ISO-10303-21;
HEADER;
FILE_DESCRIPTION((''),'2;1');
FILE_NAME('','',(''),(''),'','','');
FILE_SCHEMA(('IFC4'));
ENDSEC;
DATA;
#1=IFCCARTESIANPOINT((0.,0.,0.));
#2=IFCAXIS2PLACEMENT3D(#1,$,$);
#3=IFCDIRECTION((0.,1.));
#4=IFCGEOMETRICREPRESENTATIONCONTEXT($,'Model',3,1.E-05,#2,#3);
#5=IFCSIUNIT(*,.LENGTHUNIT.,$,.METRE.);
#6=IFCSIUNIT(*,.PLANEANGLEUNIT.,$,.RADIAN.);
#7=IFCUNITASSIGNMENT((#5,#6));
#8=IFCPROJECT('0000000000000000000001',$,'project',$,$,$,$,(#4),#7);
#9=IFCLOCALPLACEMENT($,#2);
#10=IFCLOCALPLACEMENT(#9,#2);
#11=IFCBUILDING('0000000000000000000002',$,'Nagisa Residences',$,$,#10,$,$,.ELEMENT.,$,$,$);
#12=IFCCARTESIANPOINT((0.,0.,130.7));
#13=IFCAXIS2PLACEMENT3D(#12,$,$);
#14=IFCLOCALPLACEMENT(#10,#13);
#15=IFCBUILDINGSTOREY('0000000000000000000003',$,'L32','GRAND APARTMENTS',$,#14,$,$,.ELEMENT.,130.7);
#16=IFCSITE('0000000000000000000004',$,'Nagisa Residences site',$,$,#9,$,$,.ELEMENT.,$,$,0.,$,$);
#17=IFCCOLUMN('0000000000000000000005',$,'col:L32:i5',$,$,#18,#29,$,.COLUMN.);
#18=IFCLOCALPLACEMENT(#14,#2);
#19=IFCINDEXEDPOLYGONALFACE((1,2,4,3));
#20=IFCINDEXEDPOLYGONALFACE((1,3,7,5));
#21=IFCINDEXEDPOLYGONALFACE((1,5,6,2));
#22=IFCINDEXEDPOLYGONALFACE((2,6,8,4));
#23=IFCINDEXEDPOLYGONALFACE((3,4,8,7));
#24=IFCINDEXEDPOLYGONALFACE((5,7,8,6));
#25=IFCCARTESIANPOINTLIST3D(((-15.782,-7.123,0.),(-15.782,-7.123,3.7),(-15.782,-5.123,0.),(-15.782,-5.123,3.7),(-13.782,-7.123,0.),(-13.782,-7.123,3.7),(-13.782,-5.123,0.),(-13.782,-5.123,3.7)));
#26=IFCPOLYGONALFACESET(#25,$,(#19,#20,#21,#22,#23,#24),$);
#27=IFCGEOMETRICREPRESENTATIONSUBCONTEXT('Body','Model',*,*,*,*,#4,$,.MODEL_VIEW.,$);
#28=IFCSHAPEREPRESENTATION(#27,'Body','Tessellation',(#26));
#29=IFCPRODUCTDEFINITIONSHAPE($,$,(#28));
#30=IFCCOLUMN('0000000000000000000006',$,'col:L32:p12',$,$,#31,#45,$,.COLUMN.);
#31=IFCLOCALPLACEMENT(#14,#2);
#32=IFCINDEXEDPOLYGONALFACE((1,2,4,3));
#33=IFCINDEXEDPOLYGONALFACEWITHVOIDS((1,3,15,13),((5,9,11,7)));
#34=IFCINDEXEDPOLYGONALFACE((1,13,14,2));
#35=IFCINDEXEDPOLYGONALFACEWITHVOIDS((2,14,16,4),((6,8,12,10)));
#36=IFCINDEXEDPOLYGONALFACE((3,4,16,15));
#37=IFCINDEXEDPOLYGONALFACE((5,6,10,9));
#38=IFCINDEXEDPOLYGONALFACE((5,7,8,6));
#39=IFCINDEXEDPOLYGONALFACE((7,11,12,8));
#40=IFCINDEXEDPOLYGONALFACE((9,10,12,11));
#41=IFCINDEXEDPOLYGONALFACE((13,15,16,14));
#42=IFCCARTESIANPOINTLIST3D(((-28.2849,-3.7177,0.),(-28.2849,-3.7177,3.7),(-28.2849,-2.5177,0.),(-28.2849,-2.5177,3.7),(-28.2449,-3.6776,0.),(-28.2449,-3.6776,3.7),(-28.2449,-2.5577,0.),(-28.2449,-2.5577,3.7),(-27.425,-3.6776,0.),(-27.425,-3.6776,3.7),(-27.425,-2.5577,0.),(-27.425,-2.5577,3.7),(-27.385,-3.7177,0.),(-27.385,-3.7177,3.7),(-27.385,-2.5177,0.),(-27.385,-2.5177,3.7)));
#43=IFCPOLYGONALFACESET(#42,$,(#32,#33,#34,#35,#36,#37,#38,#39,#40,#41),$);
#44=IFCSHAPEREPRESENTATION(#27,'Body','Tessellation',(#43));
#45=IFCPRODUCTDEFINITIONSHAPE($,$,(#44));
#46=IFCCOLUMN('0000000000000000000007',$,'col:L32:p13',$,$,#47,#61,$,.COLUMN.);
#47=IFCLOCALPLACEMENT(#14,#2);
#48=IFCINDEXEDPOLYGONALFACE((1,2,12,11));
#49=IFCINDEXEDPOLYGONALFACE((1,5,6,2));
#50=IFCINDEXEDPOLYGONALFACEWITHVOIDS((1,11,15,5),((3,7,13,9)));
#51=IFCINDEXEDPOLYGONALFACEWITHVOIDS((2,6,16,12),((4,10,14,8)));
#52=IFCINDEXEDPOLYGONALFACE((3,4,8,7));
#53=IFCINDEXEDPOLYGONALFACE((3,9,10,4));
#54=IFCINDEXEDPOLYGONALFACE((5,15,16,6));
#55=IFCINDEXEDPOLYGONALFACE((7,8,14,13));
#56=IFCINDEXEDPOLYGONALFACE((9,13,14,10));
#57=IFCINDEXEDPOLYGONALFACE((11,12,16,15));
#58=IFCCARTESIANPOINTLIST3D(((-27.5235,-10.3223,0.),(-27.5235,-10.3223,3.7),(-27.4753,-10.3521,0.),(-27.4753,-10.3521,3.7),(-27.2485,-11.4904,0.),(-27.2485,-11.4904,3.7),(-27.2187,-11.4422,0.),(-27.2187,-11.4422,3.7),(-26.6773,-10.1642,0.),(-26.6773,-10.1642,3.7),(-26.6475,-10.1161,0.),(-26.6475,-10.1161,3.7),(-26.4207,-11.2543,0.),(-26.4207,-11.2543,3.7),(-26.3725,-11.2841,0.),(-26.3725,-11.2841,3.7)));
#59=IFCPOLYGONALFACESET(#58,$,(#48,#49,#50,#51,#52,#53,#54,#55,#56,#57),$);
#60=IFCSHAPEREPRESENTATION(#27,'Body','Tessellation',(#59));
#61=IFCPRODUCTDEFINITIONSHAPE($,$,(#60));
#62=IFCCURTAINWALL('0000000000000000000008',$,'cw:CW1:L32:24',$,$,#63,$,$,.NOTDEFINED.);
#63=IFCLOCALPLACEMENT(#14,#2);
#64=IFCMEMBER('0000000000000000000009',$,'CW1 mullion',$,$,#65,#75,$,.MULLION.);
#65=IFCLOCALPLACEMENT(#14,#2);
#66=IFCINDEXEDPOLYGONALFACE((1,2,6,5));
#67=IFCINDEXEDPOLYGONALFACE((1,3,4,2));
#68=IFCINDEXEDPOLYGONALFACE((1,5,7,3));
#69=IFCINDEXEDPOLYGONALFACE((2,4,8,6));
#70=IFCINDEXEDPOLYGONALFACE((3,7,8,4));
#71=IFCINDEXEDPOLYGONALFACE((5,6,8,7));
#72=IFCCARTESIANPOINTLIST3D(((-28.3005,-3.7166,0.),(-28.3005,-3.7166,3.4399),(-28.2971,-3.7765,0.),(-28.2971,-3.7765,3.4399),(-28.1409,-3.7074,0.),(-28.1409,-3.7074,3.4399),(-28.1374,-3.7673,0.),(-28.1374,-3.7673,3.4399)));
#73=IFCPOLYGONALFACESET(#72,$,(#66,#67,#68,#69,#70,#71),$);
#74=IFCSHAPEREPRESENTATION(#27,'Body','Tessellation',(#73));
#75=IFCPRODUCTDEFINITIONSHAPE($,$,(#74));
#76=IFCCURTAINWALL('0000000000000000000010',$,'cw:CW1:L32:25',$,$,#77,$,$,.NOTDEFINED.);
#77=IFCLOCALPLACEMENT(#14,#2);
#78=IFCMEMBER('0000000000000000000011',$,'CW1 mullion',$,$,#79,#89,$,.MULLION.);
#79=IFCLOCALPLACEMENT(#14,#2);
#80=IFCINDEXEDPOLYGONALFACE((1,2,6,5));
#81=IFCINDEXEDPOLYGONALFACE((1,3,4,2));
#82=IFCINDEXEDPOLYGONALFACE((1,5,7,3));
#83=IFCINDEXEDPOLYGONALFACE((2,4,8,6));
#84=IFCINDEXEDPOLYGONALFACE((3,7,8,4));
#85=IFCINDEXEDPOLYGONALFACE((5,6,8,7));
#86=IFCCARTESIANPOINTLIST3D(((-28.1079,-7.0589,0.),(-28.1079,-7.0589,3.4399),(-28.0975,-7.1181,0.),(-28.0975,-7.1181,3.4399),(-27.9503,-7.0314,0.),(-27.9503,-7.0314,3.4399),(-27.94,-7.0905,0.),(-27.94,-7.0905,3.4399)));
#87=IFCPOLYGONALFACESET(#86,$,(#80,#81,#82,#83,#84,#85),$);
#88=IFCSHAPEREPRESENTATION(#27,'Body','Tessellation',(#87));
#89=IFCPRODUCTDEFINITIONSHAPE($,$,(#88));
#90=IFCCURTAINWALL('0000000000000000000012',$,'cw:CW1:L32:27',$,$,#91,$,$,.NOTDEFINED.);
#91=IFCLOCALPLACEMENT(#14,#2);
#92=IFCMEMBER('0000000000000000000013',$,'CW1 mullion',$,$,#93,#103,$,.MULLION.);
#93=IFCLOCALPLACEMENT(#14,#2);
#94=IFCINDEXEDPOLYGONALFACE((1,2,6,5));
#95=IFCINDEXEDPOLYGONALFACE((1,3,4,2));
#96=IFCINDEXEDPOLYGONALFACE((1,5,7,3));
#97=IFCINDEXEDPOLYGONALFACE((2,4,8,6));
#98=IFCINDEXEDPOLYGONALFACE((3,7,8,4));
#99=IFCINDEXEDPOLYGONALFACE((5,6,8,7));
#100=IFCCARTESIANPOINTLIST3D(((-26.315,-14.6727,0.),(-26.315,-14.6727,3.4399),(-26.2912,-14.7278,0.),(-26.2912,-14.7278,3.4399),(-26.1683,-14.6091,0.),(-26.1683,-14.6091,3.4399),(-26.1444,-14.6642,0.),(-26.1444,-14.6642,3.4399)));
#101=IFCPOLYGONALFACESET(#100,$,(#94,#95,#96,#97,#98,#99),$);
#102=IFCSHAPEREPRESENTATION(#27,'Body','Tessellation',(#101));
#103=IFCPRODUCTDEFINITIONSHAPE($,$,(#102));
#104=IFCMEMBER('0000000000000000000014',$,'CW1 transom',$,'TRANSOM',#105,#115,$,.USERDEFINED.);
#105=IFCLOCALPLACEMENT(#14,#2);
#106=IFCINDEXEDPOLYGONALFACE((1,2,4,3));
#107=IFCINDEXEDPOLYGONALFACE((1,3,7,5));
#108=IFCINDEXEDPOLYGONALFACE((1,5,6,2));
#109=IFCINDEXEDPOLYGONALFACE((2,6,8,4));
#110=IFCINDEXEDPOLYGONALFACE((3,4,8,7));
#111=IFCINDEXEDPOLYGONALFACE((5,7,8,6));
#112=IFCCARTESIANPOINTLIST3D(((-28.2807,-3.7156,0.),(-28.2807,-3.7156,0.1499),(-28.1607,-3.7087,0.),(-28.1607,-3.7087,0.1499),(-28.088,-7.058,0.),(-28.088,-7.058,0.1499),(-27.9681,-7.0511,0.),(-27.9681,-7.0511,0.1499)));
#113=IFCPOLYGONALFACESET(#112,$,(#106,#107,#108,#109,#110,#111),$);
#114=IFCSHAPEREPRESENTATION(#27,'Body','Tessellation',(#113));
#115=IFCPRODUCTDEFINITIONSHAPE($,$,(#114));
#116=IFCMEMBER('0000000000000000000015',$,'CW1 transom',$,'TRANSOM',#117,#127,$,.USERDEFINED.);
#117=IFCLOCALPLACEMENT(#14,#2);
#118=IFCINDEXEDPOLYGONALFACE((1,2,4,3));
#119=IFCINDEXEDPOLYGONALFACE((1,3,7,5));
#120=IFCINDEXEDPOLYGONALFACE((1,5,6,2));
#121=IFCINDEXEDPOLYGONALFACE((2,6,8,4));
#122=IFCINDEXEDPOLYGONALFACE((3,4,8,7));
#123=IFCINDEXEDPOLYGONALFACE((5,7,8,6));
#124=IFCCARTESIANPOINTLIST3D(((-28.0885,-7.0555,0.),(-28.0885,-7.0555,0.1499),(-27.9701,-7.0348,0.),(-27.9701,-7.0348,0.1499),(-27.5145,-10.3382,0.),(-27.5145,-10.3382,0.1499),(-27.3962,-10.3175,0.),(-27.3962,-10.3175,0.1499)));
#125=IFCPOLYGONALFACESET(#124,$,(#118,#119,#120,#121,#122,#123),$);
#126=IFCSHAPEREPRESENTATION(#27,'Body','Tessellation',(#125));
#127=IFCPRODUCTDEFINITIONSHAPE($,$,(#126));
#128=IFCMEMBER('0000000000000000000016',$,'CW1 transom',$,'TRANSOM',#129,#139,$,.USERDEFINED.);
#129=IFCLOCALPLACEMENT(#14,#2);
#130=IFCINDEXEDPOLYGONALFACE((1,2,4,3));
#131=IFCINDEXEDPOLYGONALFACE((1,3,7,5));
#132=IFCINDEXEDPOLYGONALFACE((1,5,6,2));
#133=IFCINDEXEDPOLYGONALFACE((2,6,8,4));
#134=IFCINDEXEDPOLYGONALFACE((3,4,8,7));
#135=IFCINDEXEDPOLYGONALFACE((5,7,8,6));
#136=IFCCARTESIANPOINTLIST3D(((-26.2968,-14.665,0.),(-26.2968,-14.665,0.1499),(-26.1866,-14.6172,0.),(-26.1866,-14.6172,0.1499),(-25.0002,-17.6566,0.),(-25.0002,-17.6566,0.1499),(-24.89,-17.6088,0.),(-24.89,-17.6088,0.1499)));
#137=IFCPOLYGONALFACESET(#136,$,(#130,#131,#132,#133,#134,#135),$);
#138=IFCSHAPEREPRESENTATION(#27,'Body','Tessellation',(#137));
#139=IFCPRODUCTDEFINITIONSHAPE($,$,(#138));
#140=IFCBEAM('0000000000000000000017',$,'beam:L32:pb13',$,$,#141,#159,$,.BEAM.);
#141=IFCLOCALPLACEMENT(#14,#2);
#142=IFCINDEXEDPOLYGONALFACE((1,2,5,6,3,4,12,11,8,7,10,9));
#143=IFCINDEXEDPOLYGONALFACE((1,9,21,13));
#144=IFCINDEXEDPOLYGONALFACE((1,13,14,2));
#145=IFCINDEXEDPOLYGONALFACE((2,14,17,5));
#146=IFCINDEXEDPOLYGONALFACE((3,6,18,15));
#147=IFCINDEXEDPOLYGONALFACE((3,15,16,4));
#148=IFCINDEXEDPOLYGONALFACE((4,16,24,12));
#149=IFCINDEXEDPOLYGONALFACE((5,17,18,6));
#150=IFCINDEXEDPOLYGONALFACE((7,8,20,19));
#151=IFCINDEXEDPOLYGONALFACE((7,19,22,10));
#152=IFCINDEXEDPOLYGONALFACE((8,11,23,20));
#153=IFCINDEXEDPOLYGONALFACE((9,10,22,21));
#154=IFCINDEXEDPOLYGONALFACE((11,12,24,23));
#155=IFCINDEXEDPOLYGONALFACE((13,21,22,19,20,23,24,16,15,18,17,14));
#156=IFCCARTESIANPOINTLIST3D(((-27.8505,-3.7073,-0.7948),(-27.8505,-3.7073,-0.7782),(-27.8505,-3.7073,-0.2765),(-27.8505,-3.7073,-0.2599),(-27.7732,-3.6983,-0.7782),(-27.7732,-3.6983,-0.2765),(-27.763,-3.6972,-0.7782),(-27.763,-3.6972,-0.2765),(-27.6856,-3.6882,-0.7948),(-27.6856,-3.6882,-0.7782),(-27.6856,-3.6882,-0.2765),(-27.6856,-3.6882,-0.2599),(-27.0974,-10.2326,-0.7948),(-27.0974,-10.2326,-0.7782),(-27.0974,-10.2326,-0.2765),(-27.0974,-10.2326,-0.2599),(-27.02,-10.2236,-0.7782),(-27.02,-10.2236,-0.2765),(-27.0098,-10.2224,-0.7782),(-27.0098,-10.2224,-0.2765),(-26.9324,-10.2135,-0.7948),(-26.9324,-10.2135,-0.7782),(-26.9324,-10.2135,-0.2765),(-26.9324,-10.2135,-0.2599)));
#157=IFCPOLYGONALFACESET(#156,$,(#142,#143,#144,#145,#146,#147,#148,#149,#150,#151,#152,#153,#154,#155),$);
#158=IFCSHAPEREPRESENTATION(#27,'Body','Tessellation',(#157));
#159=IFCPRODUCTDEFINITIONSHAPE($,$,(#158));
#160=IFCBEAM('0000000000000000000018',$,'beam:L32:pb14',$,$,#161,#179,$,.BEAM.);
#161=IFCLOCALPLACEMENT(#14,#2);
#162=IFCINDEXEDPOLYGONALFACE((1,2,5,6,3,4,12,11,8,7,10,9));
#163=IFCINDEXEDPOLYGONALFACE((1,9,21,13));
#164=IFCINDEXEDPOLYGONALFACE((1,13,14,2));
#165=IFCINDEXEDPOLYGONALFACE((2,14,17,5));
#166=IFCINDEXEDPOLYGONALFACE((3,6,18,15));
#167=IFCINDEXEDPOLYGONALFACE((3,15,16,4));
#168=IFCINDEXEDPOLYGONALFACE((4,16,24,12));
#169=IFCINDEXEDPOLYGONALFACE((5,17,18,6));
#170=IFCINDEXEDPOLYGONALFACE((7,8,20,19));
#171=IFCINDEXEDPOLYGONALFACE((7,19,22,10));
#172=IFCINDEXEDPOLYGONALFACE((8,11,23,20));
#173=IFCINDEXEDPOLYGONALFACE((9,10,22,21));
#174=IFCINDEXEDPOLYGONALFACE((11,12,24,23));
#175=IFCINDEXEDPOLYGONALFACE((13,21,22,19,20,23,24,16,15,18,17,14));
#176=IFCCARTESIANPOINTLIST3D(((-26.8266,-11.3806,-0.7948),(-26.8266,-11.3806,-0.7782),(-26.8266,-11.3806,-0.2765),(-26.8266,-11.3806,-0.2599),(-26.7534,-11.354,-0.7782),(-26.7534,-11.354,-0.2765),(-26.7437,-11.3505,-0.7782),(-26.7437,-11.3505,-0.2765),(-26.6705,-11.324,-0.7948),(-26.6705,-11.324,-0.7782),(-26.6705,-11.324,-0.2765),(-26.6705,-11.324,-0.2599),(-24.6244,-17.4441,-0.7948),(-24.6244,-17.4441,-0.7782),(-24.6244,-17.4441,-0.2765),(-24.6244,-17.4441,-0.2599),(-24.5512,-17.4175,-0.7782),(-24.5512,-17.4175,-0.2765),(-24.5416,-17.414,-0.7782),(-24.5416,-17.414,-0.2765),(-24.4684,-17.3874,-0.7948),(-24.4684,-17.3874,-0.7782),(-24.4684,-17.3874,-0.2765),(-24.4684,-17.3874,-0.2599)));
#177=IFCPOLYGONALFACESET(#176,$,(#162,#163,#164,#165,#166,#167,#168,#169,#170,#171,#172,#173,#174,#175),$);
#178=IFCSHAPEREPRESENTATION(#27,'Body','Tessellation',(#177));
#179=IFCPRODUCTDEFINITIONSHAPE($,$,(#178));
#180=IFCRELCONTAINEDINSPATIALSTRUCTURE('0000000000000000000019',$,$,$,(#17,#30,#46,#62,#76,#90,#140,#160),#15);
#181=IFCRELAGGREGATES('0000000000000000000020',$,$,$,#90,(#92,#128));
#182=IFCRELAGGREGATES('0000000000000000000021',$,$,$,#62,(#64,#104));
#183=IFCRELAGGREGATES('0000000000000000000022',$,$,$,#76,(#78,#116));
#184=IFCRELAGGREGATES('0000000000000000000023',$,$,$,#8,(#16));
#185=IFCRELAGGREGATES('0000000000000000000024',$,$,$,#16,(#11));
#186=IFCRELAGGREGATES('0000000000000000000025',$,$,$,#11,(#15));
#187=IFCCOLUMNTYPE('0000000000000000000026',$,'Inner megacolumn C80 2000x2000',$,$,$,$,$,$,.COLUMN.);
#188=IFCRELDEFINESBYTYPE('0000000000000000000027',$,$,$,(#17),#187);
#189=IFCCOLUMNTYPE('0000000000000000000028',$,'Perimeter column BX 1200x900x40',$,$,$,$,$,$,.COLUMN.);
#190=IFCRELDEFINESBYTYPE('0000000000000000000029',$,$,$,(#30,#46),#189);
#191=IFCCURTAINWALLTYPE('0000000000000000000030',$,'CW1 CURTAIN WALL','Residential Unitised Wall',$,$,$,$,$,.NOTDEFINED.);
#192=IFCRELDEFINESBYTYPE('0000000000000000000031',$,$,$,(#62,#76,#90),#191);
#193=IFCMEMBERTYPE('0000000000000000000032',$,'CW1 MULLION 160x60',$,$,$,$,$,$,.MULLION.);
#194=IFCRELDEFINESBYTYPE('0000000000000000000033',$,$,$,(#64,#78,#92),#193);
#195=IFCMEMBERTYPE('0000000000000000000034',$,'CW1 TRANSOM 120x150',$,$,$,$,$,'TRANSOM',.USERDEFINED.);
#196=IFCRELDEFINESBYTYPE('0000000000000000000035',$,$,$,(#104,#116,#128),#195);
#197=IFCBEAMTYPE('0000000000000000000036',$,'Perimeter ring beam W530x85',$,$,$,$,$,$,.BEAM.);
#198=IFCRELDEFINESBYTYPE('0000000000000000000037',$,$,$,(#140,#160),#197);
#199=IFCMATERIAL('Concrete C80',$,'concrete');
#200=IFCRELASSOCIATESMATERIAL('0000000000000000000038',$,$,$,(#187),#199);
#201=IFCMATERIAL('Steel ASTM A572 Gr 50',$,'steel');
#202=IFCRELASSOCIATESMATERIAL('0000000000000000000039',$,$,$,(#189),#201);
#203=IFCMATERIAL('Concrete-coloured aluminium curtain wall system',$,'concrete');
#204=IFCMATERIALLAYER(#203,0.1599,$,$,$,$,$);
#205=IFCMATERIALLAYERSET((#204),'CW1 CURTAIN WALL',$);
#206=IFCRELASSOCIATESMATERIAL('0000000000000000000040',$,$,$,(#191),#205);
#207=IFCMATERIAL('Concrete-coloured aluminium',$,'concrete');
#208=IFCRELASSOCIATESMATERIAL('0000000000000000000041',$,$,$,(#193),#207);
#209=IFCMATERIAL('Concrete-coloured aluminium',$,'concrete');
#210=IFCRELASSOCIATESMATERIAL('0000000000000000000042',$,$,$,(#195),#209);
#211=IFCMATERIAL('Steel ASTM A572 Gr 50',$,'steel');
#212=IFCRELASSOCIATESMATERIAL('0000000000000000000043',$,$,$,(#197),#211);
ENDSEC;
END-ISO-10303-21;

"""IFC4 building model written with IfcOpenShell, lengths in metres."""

from ifc_helpers import new_model, si_unit, direction, frame, origin, origin_2d, place, context, subcontext, project, spatial, rectangle, hollow_rectangle, i_section, extrude, material, layer, layer_set, material_profile, profile_set, type_object, element, aggregate, save


model = new_model("IFC4")

# Units and contexts
model_context = context("Model", 3, precision=1e-05, world=origin(), true_north=direction((0.0, 1.0)))
body_context = subcontext(model_context, "Body", "Model", "MODEL_VIEW")
ifc_project = project(units=[si_unit("LENGTHUNIT", "METRE"), si_unit("PLANEANGLEUNIT", "RADIAN")], contexts=[model_context])

# Site, building, storey
site_placement = place(None, origin())
site = spatial("IfcSite", under=ifc_project, at=site_placement, Name="Nagisa Residences site", CompositionType="ELEMENT", RefElevation=0.0)
building_placement = place(site_placement, origin())
building = spatial("IfcBuilding", under=site, at=building_placement, Name="Nagisa Residences", CompositionType="ELEMENT")
storey_placement = place(building_placement, frame((0.0, 0.0, 130.7)))
storey = spatial("IfcBuildingStorey", under=building, at=storey_placement, Name="L32", Description="GRAND APARTMENTS", CompositionType="ELEMENT", Elevation=130.7)

# Columns
ifc_material_1 = material(Name="Concrete C80", Category="concrete")
ifc_material_profile_1 = material_profile(ifc_material_1, rectangle(XDim=2.0, YDim=2.0, at=origin_2d()), Name="C80 2000x2000")
ifc_profile_set_1 = profile_set([ifc_material_profile_1], Name="Concrete C80")
column_type_1 = type_object("IfcColumnType", Name="Inner megacolumn C80 2000x2000", PredefinedType="COLUMN", material=ifc_profile_set_1)
column_placement = place(storey_placement, frame((-14.782, -6.123, 0.0), z_axis=(0.0, 0.0, 1.0), x_axis=(1.0, 0.0, 0.0)))
element("IfcColumn", 1, at=column_placement, inside=storey, type_object=column_type_1, Name="col:L32:i5", PredefinedType="COLUMN", context=body_context, shape_type="SweptSolid", body=[
    extrude(rectangle(XDim=2.0, YDim=2.0, at=origin_2d()), origin(), (0.0, 0.0, 1.0), 3.7),
])
ifc_material_2 = material(Name="Steel ASTM A572 Gr 50", Category="steel")
ifc_material_profile_2 = material_profile(ifc_material_2, hollow_rectangle(XDim=1.2, YDim=0.8999, WallThickness=0.04, at=origin_2d()), Name="BX 1200x900x40")
ifc_profile_set_2 = profile_set([ifc_material_profile_2], Name="Steel ASTM A572 Gr 50")
column_type_2 = type_object("IfcColumnType", Name="Perimeter column BX 1200x900x40", PredefinedType="COLUMN", material=ifc_profile_set_2)
for number, where, z_axis, x_axis, name in (
    (2, (-27.835, -3.1177, 0.0), (0.0, 0.0, 1.0), (0.0, -1.0, 0.0), "col:L32:p12"),
    (3, (-26.948, -10.8032, 0.0), (0.0, 0.0, 1.0), (0.229202, -0.973379, 0.0), "col:L32:p13"),
):
    element("IfcColumn", number, at=place(storey_placement, frame(where, z_axis=z_axis, x_axis=x_axis)), inside=storey, type_object=column_type_2, Name=name, PredefinedType="COLUMN", context=body_context, shape_type="SweptSolid", body=[
        extrude(hollow_rectangle(XDim=1.2, YDim=0.8999, WallThickness=0.04, at=origin_2d()), origin(), (0.0, 0.0, 1.0), 3.7),
    ])

# Curtain walls, members
ifc_material_3 = material(Name="Concrete-coloured aluminium curtain wall system", Category="concrete")
ifc_layer_1 = layer(ifc_material_3, 0.1599)
ifc_layer_set_1 = layer_set([ifc_layer_1], Name="CW1 CURTAIN WALL")
curtain_wall_type = type_object("IfcCurtainWallType", Name="CW1 CURTAIN WALL", Description="Residential Unitised Wall", PredefinedType="NOTDEFINED", material=ifc_layer_set_1)
curtain_wall_1_placement = place(storey_placement, origin())
curtain_wall_1 = element("IfcCurtainWall", 4, at=curtain_wall_1_placement, inside=storey, type_object=curtain_wall_type, Name="cw:CW1:L32:24", PredefinedType="NOTDEFINED")
ifc_material_4 = material(Name="Concrete-coloured aluminium", Category="concrete")
ifc_material_profile_3 = material_profile(ifc_material_4, rectangle(XDim=0.1599, YDim=0.0601, at=origin_2d()), Name="CW1 MULLION 160x60")
ifc_profile_set_3 = profile_set([ifc_material_profile_3], Name="Concrete-coloured aluminium")
member_type_1 = type_object("IfcMemberType", Name="CW1 MULLION 160x60", PredefinedType="MULLION", material=ifc_profile_set_3)
member_1_placement = place(storey_placement, frame((-28.219, -3.7419, 0.0), z_axis=(0.0, 0.0, 1.0), x_axis=(0.998345, 0.057503, 0.0)))
member_1 = element("IfcMember", 5, at=member_1_placement, type_object=member_type_1, Name="CW1 mullion", PredefinedType="MULLION", context=body_context, shape_type="SweptSolid", body=[
    extrude(rectangle(XDim=0.1599, YDim=0.0601, at=origin_2d()), origin(), (0.0, 0.0, 1.0), 3.4399),
])
curtain_wall_2_placement = place(storey_placement, origin())
curtain_wall_2 = element("IfcCurtainWall", 6, at=curtain_wall_2_placement, inside=storey, type_object=curtain_wall_type, Name="cw:CW1:L32:25", PredefinedType="NOTDEFINED")
member_2_placement = place(storey_placement, frame((-28.0239, -7.0747, 0.0), z_axis=(0.0, 0.0, 1.0), x_axis=(0.985064, 0.172191, 0.0)))
member_2 = element("IfcMember", 7, at=member_2_placement, type_object=member_type_1, Name="CW1 mullion", PredefinedType="MULLION", context=body_context, shape_type="SweptSolid", body=[
    extrude(rectangle(XDim=0.1599, YDim=0.0601, at=origin_2d()), origin(), (0.0, 0.0, 1.0), 3.4399),
])
curtain_wall_3_placement = place(storey_placement, origin())
curtain_wall_3 = element("IfcCurtainWall", 8, at=curtain_wall_3_placement, inside=storey, type_object=curtain_wall_type, Name="cw:CW1:L32:27", PredefinedType="NOTDEFINED")
member_3_placement = place(storey_placement, frame((-26.2297, -14.6685, 0.0), z_axis=(0.0, 0.0, 1.0), x_axis=(0.917543, 0.397636, 0.0)))
member_3 = element("IfcMember", 9, at=member_3_placement, type_object=member_type_1, Name="CW1 mullion", PredefinedType="MULLION", context=body_context, shape_type="SweptSolid", body=[
    extrude(rectangle(XDim=0.1599, YDim=0.0601, at=origin_2d()), origin(), (0.0, 0.0, 1.0), 3.4399),
])

# Members
ifc_material_5 = material(Name="Concrete-coloured aluminium", Category="concrete")
ifc_material_profile_4 = material_profile(ifc_material_5, rectangle(XDim=0.1201, YDim=0.1499, at=origin_2d()), Name="CW1 TRANSOM 120x150")
ifc_profile_set_4 = profile_set([ifc_material_profile_4], Name="Concrete-coloured aluminium")
member_type_2 = type_object("IfcMemberType", Name="CW1 TRANSOM 120x150", ElementType="TRANSOM", PredefinedType="USERDEFINED", material=ifc_profile_set_4)
member_4_placement = place(storey_placement, frame((-28.2207, -3.7122, 0.075), z_axis=(0.057538, -0.998343, 0.0), x_axis=(0.998343, 0.057538, 0.0)))
member_4 = element("IfcMember", 10, at=member_4_placement, type_object=member_type_2, Name="CW1 transom", ObjectType="TRANSOM", PredefinedType="USERDEFINED", context=body_context, shape_type="SweptSolid", body=[
    extrude(rectangle(XDim=0.1201, YDim=0.1499, at=origin_2d()), origin(), (0.0, 0.0, 1.0), 3.3479),
])
member_5_placement = place(storey_placement, frame((-28.0293, -7.0452, 0.075), z_axis=(0.172235, -0.985056, 0.0), x_axis=(0.985056, 0.172235, 0.0)))
member_5 = element("IfcMember", 11, at=member_5_placement, type_object=member_type_2, Name="CW1 transom", ObjectType="TRANSOM", PredefinedType="USERDEFINED", context=body_context, shape_type="SweptSolid", body=[
    extrude(rectangle(XDim=0.1201, YDim=0.1499, at=origin_2d()), origin(), (0.0, 0.0, 1.0), 3.3325),
])
member_6_placement = place(storey_placement, frame((-26.2417, -14.6411, 0.075), z_axis=(0.397666, -0.91753, 0.0), x_axis=(0.91753, 0.397666, 0.0)))
member_6 = element("IfcMember", 12, at=member_6_placement, type_object=member_type_2, Name="CW1 transom", ObjectType="TRANSOM", PredefinedType="USERDEFINED", context=body_context, shape_type="SweptSolid", body=[
    extrude(rectangle(XDim=0.1201, YDim=0.1499, at=origin_2d()), origin(), (0.0, 0.0, 1.0), 3.2605),
])
aggregate(curtain_wall_3, [member_3, member_6])

# Beams
ifc_material_6 = material(Name="Steel ASTM A572 Gr 50", Category="steel")
ifc_material_profile_5 = material_profile(ifc_material_6, i_section(OverallWidth=0.166, OverallDepth=0.5349, WebThickness=0.0103, FlangeThickness=0.0166, at=origin_2d()), Name="W530x85")
ifc_profile_set_5 = profile_set([ifc_material_profile_5], Name="Steel ASTM A572 Gr 50")
beam_type_1 = type_object("IfcBeamType", Name="Perimeter ring beam W530x85", PredefinedType="BEAM", material=ifc_profile_set_5)
beam_1_placement = place(storey_placement, frame((-27.7681, -3.6978, -0.5273), z_axis=(0.114661, -0.993405, 0.0), x_axis=(0.993405, 0.114661, 0.0)))
element("IfcBeam", 13, at=beam_1_placement, inside=storey, type_object=beam_type_1, Name="beam:L32:pb13", PredefinedType="BEAM", context=body_context, shape_type="SweptSolid", body=[
    extrude(i_section(OverallWidth=0.166, OverallDepth=0.5349, WebThickness=0.0103, FlangeThickness=0.0166, at=origin_2d()), origin(), (0.0, 0.0, 1.0), 6.5686),
])
beam_2_placement = place(storey_placement, frame((-26.7485, -11.3523, -0.5273), z_axis=(0.341366, -0.93993, 0.0), x_axis=(0.93993, 0.341366, 0.0)))
element("IfcBeam", 14, at=beam_2_placement, inside=storey, type_object=beam_type_1, Name="beam:L32:pb14", PredefinedType="BEAM", context=body_context, shape_type="SweptSolid", body=[
    extrude(i_section(OverallWidth=0.166, OverallDepth=0.5349, WebThickness=0.0103, FlangeThickness=0.0166, at=origin_2d()), origin(), (0.0, 0.0, 1.0), 6.4509),
])

aggregate(curtain_wall_1, [member_1, member_4])
aggregate(curtain_wall_2, [member_2, member_5])

save(model, "model.ifc")
